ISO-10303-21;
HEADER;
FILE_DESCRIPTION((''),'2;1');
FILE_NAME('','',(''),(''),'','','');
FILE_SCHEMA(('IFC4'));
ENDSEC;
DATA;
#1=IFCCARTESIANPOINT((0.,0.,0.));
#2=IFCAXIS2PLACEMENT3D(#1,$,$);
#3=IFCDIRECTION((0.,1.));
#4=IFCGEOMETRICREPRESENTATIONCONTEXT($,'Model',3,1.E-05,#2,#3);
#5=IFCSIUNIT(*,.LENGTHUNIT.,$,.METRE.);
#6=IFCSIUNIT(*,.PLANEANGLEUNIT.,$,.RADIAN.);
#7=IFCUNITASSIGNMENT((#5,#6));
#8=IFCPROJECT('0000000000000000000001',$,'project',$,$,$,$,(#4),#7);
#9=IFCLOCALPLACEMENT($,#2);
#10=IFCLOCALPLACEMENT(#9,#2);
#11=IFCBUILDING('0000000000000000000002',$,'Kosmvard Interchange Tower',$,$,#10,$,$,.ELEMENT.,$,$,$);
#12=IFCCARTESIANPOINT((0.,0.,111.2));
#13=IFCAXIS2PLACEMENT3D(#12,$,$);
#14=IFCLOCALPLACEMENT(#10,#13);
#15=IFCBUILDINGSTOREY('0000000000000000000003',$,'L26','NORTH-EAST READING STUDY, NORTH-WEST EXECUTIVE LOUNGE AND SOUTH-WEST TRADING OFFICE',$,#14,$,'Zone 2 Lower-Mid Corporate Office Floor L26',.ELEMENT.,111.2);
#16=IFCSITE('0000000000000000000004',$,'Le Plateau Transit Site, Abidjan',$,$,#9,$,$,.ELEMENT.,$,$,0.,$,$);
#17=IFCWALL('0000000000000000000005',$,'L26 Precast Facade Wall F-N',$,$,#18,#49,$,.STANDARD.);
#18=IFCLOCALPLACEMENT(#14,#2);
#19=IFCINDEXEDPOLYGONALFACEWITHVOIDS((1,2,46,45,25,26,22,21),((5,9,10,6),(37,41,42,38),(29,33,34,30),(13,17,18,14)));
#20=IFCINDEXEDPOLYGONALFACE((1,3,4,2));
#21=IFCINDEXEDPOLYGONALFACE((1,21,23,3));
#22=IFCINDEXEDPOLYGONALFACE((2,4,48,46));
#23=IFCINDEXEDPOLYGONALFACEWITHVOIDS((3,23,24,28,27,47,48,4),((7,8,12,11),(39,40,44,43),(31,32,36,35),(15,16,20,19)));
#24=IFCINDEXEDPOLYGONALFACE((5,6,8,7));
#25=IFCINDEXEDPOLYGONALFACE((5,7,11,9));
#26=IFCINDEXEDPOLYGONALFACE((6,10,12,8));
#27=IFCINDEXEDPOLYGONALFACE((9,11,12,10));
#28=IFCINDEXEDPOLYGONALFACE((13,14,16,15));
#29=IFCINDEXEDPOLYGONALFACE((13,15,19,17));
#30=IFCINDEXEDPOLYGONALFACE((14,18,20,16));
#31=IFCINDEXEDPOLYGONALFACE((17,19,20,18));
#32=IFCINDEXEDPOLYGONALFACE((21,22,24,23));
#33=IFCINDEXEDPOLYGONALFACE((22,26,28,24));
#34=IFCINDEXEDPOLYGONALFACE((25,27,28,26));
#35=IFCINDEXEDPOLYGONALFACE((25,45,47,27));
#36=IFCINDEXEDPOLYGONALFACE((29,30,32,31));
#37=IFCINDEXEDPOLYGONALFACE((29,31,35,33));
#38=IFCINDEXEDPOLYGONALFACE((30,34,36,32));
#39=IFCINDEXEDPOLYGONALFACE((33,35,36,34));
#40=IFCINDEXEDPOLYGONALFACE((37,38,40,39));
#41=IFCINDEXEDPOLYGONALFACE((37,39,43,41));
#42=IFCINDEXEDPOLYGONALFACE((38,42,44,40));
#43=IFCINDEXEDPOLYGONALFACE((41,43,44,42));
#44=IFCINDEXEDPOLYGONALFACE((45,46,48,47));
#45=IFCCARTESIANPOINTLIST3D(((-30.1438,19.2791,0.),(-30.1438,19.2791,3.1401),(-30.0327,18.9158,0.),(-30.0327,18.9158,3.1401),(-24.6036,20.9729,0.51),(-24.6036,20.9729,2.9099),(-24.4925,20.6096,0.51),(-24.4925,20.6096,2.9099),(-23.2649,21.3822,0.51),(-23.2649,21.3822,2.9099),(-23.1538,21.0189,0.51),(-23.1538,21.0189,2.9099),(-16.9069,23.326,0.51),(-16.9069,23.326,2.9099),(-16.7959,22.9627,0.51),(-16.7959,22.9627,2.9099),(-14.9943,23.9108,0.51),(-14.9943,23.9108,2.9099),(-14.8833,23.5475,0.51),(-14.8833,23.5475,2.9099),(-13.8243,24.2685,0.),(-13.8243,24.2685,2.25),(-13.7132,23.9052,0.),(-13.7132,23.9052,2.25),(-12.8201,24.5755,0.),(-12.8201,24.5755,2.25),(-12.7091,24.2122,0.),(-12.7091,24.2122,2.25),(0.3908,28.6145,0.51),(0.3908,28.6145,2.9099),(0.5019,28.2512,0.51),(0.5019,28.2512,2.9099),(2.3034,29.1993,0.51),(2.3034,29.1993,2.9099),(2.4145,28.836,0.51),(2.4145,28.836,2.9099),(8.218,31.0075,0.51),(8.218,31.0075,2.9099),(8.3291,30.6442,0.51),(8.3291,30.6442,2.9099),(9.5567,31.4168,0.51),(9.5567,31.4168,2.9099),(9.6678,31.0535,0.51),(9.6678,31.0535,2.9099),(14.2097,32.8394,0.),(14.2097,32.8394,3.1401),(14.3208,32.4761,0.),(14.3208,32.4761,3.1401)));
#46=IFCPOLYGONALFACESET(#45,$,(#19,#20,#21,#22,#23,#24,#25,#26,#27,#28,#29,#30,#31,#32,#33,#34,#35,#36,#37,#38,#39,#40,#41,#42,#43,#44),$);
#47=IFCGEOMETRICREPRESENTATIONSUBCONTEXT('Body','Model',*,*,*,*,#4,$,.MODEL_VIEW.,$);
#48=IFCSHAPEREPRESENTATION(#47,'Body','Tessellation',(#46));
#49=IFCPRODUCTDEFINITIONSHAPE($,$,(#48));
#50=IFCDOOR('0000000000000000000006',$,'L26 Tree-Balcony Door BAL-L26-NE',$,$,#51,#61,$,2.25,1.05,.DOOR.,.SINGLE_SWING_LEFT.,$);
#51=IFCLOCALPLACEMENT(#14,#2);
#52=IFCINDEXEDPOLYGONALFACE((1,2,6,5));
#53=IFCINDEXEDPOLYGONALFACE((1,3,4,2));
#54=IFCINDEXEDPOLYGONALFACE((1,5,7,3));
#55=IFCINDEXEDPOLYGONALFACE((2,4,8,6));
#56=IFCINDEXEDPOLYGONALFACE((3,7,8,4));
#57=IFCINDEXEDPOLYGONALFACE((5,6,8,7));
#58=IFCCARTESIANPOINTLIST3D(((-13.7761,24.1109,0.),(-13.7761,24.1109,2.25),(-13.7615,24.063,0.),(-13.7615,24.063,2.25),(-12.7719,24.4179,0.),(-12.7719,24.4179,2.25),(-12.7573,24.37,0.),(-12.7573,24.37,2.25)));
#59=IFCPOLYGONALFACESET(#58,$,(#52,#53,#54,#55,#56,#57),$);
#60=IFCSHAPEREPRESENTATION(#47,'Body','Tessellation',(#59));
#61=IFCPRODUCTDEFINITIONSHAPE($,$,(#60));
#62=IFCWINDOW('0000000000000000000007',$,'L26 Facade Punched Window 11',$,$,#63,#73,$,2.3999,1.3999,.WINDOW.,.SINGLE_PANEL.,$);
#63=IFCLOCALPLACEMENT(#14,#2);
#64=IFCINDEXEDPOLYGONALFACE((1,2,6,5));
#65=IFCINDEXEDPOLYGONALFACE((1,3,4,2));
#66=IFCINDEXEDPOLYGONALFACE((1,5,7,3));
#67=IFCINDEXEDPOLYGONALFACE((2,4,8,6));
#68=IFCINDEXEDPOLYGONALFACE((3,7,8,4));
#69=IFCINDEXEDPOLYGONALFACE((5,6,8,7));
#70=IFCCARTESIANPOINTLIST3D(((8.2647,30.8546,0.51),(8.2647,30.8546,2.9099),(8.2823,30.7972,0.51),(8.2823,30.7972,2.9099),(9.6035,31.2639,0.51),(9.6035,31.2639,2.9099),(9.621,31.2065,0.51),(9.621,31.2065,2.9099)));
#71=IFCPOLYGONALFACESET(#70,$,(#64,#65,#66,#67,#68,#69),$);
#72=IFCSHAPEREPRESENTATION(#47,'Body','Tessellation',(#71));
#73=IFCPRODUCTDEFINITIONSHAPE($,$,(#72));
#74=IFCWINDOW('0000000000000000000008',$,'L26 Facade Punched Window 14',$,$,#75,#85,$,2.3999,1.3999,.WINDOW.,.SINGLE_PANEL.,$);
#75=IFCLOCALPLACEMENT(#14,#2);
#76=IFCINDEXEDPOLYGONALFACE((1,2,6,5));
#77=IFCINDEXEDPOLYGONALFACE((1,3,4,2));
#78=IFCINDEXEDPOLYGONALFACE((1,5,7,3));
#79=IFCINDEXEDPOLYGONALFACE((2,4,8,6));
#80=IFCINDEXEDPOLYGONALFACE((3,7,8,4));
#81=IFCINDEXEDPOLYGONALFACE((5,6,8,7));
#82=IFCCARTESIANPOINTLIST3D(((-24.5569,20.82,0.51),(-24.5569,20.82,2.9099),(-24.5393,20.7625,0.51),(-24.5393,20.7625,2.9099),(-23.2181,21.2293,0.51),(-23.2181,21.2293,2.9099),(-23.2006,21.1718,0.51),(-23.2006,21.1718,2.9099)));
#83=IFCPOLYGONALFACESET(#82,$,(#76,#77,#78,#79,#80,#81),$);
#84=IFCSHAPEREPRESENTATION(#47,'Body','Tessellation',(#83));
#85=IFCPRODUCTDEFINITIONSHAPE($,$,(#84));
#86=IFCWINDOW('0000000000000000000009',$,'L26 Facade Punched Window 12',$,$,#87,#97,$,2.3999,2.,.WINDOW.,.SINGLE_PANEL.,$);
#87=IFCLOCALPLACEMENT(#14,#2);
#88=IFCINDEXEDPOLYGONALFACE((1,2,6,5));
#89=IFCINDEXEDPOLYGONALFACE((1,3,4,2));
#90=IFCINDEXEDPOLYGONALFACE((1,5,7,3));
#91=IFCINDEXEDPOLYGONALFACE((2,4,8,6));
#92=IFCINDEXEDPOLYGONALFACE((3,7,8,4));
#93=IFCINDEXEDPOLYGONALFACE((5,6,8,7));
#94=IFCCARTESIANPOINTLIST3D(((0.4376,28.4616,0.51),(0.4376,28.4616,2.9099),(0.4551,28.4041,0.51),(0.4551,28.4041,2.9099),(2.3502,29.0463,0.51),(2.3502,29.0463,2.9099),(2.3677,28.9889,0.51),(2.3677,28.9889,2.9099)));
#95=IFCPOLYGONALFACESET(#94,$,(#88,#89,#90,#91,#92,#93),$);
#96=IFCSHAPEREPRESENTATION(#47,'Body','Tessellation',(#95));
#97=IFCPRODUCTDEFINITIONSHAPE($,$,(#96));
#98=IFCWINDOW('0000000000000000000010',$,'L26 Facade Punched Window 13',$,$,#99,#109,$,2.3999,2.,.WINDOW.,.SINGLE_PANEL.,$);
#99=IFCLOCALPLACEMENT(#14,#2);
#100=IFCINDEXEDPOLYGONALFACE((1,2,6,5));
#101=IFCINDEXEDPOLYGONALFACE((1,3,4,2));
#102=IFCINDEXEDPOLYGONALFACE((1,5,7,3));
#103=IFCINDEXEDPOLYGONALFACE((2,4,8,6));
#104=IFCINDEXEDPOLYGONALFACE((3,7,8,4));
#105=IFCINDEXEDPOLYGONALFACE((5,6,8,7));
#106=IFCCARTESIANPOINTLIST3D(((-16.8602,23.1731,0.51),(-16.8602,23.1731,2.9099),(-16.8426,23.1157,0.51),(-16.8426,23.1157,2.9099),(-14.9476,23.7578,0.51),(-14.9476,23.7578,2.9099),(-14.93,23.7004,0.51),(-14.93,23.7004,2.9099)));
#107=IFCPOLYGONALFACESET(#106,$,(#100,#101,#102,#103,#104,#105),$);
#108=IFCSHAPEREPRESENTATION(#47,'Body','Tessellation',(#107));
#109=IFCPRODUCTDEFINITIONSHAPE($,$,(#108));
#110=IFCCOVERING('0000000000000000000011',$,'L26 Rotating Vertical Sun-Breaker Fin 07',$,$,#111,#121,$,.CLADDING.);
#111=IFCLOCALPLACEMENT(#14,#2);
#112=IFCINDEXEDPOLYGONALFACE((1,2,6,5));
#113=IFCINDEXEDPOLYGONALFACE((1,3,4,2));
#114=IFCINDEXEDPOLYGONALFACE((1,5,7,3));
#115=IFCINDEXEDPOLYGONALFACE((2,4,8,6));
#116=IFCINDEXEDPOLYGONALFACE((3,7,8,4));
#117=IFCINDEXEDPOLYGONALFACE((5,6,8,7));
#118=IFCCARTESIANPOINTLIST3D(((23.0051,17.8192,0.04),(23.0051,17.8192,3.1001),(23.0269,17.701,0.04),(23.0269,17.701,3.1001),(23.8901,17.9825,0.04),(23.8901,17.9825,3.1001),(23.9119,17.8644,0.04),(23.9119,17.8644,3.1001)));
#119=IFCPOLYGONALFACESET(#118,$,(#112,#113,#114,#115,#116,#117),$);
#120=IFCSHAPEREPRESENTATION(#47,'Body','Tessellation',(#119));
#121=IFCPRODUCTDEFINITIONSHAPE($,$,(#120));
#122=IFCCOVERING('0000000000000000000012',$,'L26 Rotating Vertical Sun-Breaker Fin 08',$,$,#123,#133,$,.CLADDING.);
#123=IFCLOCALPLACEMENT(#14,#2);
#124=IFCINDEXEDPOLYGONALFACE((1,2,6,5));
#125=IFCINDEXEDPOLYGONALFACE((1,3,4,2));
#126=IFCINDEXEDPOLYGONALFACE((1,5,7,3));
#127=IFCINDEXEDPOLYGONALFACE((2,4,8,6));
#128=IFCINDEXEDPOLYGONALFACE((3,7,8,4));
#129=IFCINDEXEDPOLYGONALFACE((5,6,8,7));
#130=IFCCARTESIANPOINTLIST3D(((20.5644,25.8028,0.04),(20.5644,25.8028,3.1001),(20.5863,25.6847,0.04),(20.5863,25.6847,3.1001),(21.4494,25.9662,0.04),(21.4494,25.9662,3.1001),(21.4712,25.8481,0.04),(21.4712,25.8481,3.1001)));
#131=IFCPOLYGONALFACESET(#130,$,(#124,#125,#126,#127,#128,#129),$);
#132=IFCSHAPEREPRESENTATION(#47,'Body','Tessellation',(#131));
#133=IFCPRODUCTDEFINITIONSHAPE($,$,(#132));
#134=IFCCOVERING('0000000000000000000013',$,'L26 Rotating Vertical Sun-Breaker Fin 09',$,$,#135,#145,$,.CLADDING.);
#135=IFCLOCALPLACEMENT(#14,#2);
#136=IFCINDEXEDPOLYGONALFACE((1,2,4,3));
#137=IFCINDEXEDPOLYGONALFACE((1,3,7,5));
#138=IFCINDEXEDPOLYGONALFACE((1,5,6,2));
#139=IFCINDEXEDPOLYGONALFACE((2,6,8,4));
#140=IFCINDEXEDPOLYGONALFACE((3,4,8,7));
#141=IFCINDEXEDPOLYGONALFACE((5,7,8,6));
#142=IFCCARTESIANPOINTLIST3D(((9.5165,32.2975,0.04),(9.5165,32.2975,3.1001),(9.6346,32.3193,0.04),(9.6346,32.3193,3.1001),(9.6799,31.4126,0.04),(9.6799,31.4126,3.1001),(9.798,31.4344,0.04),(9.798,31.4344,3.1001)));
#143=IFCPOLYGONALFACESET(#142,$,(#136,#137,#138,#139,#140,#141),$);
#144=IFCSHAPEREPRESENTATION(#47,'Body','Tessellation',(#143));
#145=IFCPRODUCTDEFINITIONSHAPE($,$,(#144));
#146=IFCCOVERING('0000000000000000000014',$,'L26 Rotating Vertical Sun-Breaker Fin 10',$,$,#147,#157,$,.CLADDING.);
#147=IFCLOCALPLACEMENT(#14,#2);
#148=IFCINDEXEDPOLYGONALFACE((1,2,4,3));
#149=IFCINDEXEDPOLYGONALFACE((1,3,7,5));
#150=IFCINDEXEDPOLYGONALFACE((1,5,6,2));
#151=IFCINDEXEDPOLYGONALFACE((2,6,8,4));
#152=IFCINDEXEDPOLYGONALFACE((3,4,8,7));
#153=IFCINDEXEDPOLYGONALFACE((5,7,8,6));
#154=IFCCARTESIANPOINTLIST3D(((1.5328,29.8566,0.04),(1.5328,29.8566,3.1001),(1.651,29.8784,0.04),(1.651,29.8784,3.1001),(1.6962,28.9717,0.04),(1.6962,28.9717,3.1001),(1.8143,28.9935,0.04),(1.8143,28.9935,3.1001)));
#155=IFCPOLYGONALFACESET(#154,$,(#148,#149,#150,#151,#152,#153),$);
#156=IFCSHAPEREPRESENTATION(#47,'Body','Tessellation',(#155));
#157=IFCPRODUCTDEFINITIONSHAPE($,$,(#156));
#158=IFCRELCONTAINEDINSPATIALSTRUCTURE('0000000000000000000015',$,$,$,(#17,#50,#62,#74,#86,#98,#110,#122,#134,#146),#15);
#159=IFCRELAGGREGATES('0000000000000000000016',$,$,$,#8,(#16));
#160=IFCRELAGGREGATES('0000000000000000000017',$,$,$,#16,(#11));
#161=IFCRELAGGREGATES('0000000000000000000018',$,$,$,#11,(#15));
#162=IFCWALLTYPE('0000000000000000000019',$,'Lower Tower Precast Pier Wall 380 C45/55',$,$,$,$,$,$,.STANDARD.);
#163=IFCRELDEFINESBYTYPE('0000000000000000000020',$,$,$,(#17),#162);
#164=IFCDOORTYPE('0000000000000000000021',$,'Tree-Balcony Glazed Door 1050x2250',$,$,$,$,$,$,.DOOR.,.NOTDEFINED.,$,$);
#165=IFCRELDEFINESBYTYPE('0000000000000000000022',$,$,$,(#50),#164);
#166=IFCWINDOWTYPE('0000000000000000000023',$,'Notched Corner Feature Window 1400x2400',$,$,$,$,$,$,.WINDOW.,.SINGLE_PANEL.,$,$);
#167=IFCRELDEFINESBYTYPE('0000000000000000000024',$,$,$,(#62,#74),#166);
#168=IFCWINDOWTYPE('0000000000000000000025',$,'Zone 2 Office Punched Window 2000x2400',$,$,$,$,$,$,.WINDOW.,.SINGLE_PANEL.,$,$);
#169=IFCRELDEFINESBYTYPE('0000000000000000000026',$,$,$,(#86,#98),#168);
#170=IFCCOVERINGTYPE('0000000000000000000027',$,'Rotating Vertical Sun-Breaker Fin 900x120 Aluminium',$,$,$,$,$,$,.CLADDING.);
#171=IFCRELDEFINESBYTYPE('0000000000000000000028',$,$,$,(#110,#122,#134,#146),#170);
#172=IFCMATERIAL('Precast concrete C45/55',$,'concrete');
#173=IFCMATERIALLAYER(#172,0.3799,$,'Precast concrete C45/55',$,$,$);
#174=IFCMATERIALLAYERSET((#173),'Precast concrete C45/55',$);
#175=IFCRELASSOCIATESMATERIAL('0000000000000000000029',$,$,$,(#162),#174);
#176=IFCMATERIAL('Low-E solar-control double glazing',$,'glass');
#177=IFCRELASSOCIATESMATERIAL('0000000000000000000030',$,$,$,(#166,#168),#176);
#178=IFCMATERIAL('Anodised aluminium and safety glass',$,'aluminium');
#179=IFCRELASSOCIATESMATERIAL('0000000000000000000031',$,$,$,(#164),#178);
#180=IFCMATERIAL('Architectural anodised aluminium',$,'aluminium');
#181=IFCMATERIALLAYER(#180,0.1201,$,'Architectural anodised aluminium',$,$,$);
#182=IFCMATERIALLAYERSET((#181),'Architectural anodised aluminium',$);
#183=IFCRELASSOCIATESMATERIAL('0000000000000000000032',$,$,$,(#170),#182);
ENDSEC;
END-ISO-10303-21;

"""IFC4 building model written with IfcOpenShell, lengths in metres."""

from ifc_helpers import new_model, si_unit, direction, frame, frame_2d, origin, origin_2d, place, context, subcontext, project, spatial, rectangle, extrude, source, transform, mapped, material, layer, layer_set, type_object, element, fill, save


model = new_model("IFC4")

# Units and contexts
model_context = context("Model", 3, precision=1e-05, world=origin(), true_north=direction((0.0, 1.0)))
body_context = subcontext(model_context, "Body", "Model", "MODEL_VIEW")
ifc_project = project(units=[si_unit("LENGTHUNIT", "METRE"), si_unit("PLANEANGLEUNIT", "RADIAN")], contexts=[model_context])

# Site, building, storey
site_placement = place(None, origin())
site = spatial("IfcSite", under=ifc_project, at=site_placement, Name="Le Plateau Transit Site, Abidjan", CompositionType="ELEMENT", RefElevation=0.0)
building_placement = place(site_placement, origin())
building = spatial("IfcBuilding", under=site, at=building_placement, Name="Kosmvard Interchange Tower", CompositionType="ELEMENT")
storey_placement = place(building_placement, frame((0.0, 0.0, 111.2)))
storey = spatial("IfcBuildingStorey", under=building, at=storey_placement, Name="L26", Description="NORTH-EAST READING STUDY, NORTH-WEST EXECUTIVE LOUNGE AND SOUTH-WEST TRADING OFFICE", LongName="Zone 2 Lower-Mid Corporate Office Floor L26", CompositionType="ELEMENT", Elevation=111.2)

# Shared definitions
ifc_material_1 = material(Name="Precast concrete C45/55", Category="concrete")

# Shared definitions
ifc_layer_1 = layer(ifc_material_1, 0.3799, Name="Precast concrete C45/55")
ifc_layer_set_1 = layer_set([ifc_layer_1], Name="Precast concrete C45/55")
wall_type_1 = type_object("IfcWallType", Name="Lower Tower Precast Pier Wall 380 C45/55", PredefinedType="STANDARD", material=ifc_layer_set_1)

# Shared definitions
ifc_material_2 = material(Name="Low-E solar-control double glazing", Category="glass")
window_type_1 = type_object("IfcWindowType", Name="Notched Corner Feature Window 1400x2400", PartitioningType="SINGLE_PANEL", PredefinedType="WINDOW", material=ifc_material_2)
shared_shape_1 = source(origin(), body_context, "Body", "SweptSolid", [
    extrude(rectangle(XDim=1.3999, YDim=2.3999, at=frame_2d((0.7, 1.2))), frame((0.0, 0.03, 0.0), z_axis=(0.0, -1.0, 0.0), x_axis=(1.0, 0.0, 0.0)), (0.0, 0.0, 1.0), 0.0601),
])

# Wall, openings, door, windows
wall_1_placement = place(storey_placement, frame((14.2651, 32.6577, 0.0), z_axis=(0.0, 0.0, 1.0), x_axis=(-0.956304, -0.292373, 0.0)))
wall_1 = element("IfcWall", 1, at=wall_1_placement, inside=storey, type_object=wall_type_1, Name="L26 Precast Facade Wall F-N", PredefinedType="STANDARD", context=body_context, shape_type="SweptSolid", body=[
    extrude(rectangle(XDim=46.3801, YDim=0.3799, at=frame_2d((23.1899, 0.0))), origin(), (0.0, 0.0, 1.0), 3.1401),
])
opening_1_placement = place(wall_1_placement, frame((28.2649, 0.0, 0.0)))
opening_1 = element("IfcOpeningElement", 2, at=opening_1_placement, cuts=wall_1, PredefinedType="OPENING", context=body_context, shape_type="SweptSolid", body=[
    extrude(rectangle(XDim=1.05, YDim=2.25, at=frame_2d((0.5249, 1.125))), frame((0.0, 0.2, 0.0), z_axis=(0.0, -1.0, 0.0), x_axis=(1.0, 0.0, 0.0)), (0.0, 0.0, 1.0), 0.3999),
])
opening_2_placement = place(wall_1_placement, frame((4.8655, 0.0, 0.51)))
opening_2 = element("IfcOpeningElement", 3, at=opening_2_placement, cuts=wall_1, PredefinedType="OPENING", context=body_context, shape_type="SweptSolid", body=[
    extrude(rectangle(XDim=1.3999, YDim=2.3999, at=frame_2d((0.7, 1.2))), frame((0.0, 0.2, 0.0), z_axis=(0.0, -1.0, 0.0), x_axis=(1.0, 0.0, 0.0)), (0.0, 0.0, 1.0), 0.3999),
])
opening_3_placement = place(wall_1_placement, frame((12.4502, 0.0, 0.51)))
opening_3 = element("IfcOpeningElement", 4, at=opening_3_placement, cuts=wall_1, PredefinedType="OPENING", context=body_context, shape_type="SweptSolid", body=[
    extrude(rectangle(XDim=2.0, YDim=2.3999, at=frame_2d((1.0, 1.2))), frame((0.0, 0.2, 0.0), z_axis=(0.0, -1.0, 0.0), x_axis=(1.0, 0.0, 0.0)), (0.0, 0.0, 1.0), 0.3999),
])
opening_4_placement = place(wall_1_placement, frame((30.5383, 0.0, 0.51)))
opening_4 = element("IfcOpeningElement", 5, at=opening_4_placement, cuts=wall_1, PredefinedType="OPENING", context=body_context, shape_type="SweptSolid", body=[
    extrude(rectangle(XDim=2.0, YDim=2.3999, at=frame_2d((1.0, 1.2))), frame((0.0, 0.2, 0.0), z_axis=(0.0, -1.0, 0.0), x_axis=(1.0, 0.0, 0.0)), (0.0, 0.0, 1.0), 0.3999),
])
opening_5_placement = place(wall_1_placement, frame((39.1868, 0.0, 0.51)))
opening_5 = element("IfcOpeningElement", 6, at=opening_5_placement, cuts=wall_1, PredefinedType="OPENING", context=body_context, shape_type="SweptSolid", body=[
    extrude(rectangle(XDim=1.3999, YDim=2.3999, at=frame_2d((0.7, 1.2))), frame((0.0, 0.2, 0.0), z_axis=(0.0, -1.0, 0.0), x_axis=(1.0, 0.0, 0.0)), (0.0, 0.0, 1.0), 0.3999),
])
ifc_material_3 = material(Name="Anodised aluminium and safety glass", Category="aluminium")
door_type = type_object("IfcDoorType", Name="Tree-Balcony Glazed Door 1050x2250", OperationType="NOTDEFINED", PredefinedType="DOOR", material=ifc_material_3)
shared_shape_2 = source(origin(), body_context, "Body", "SweptSolid", [
    extrude(rectangle(XDim=1.05, YDim=2.25, at=frame_2d((0.5249, 1.125))), frame((0.0, 0.0249, 0.0), z_axis=(0.0, -1.0, 0.0), x_axis=(1.0, 0.0, 0.0)), (0.0, 0.0, 1.0), 0.05),
])
door_placement = place(opening_1_placement, origin())
door = element("IfcDoor", 7, at=door_placement, inside=storey, type_object=door_type, Name="L26 Tree-Balcony Door BAL-L26-NE", OperationType="SINGLE_SWING_LEFT", OverallHeight=2.25, OverallWidth=1.05, PredefinedType="DOOR", context=body_context, shape_type="MappedRepresentation", body=[
    mapped(shared_shape_2, transform((0.0, 0.0, 0.0), scale=1.0)),
])
fill(opening_1, door)
window_1_placement = place(opening_2_placement, origin())
window_1 = element("IfcWindow", 8, at=window_1_placement, inside=storey, type_object=window_type_1, Name="L26 Facade Punched Window 11", OverallHeight=2.3999, OverallWidth=1.3999, PartitioningType="SINGLE_PANEL", PredefinedType="WINDOW", context=body_context, shape_type="MappedRepresentation", body=[
    mapped(shared_shape_1, transform((0.0, 0.0, 0.0), scale=1.0)),
])
fill(opening_2, window_1)
window_2_placement = place(opening_5_placement, origin())
window_2 = element("IfcWindow", 9, at=window_2_placement, inside=storey, type_object=window_type_1, Name="L26 Facade Punched Window 14", OverallHeight=2.3999, OverallWidth=1.3999, PartitioningType="SINGLE_PANEL", PredefinedType="WINDOW", context=body_context, shape_type="MappedRepresentation", body=[
    mapped(shared_shape_1, transform((0.0, 0.0, 0.0), scale=1.0)),
])
fill(opening_5, window_2)
window_type_2 = type_object("IfcWindowType", Name="Zone 2 Office Punched Window 2000x2400", PartitioningType="SINGLE_PANEL", PredefinedType="WINDOW", material=ifc_material_2)
shared_shape_3 = source(origin(), body_context, "Body", "SweptSolid", [
    extrude(rectangle(XDim=2.0, YDim=2.3999, at=frame_2d((1.0, 1.2))), frame((0.0, 0.03, 0.0), z_axis=(0.0, -1.0, 0.0), x_axis=(1.0, 0.0, 0.0)), (0.0, 0.0, 1.0), 0.0601),
])
window_3_placement = place(opening_3_placement, origin())
window_3 = element("IfcWindow", 10, at=window_3_placement, inside=storey, type_object=window_type_2, Name="L26 Facade Punched Window 12", OverallHeight=2.3999, OverallWidth=2.0, PartitioningType="SINGLE_PANEL", PredefinedType="WINDOW", context=body_context, shape_type="MappedRepresentation", body=[
    mapped(shared_shape_3, transform((0.0, 0.0, 0.0), scale=1.0)),
])
fill(opening_3, window_3)
window_4_placement = place(opening_4_placement, origin())
window_4 = element("IfcWindow", 11, at=window_4_placement, inside=storey, type_object=window_type_2, Name="L26 Facade Punched Window 13", OverallHeight=2.3999, OverallWidth=2.0, PartitioningType="SINGLE_PANEL", PredefinedType="WINDOW", context=body_context, shape_type="MappedRepresentation", body=[
    mapped(shared_shape_3, transform((0.0, 0.0, 0.0), scale=1.0)),
])
fill(opening_4, window_4)

# Coverings
ifc_material_4 = material(Name="Architectural anodised aluminium", Category="aluminium")
ifc_layer_2 = layer(ifc_material_4, 0.1201, Name="Architectural anodised aluminium")
ifc_layer_set_2 = layer_set([ifc_layer_2], Name="Architectural anodised aluminium")
covering_type = type_object("IfcCoveringType", Name="Rotating Vertical Sun-Breaker Fin 900x120 Aluminium", PredefinedType="CLADDING", material=ifc_layer_set_2)
shared_shape_4 = source(origin(), body_context, "Body", "SweptSolid", [
    extrude(rectangle(XDim=0.8999, YDim=0.1201, at=origin_2d()), origin(), (0.0, 0.0, 1.0), 3.0601),
])
for number, where, z_axis, x_axis, name in (
    (12, (23.4585, 17.8418, 0.04), (0.0, 0.0, 1.0), (0.983382, 0.181549, 0.0), "L26 Rotating Vertical Sun-Breaker Fin 07"),
    (13, (21.0178, 25.8254, 0.04), (0.0, 0.0, 1.0), (0.983382, 0.181549, 0.0), "L26 Rotating Vertical Sun-Breaker Fin 08"),
    (14, (9.6572, 31.866, 0.04), (0.0, 0.0, 1.0), (-0.181549, 0.983382, 0.0), "L26 Rotating Vertical Sun-Breaker Fin 09"),
    (15, (1.6736, 29.425, 0.04), (0.0, 0.0, 1.0), (-0.181549, 0.983382, 0.0), "L26 Rotating Vertical Sun-Breaker Fin 10"),
):
    element("IfcCovering", number, at=place(storey_placement, frame(where, z_axis=z_axis, x_axis=x_axis)), inside=storey, type_object=covering_type, Name=name, PredefinedType="CLADDING", context=body_context, shape_type="MappedRepresentation", body=[
        mapped(shared_shape_4, transform((0.0, 0.0, 0.0), scale=1.0)),
    ])

save(model, "model.ifc")
